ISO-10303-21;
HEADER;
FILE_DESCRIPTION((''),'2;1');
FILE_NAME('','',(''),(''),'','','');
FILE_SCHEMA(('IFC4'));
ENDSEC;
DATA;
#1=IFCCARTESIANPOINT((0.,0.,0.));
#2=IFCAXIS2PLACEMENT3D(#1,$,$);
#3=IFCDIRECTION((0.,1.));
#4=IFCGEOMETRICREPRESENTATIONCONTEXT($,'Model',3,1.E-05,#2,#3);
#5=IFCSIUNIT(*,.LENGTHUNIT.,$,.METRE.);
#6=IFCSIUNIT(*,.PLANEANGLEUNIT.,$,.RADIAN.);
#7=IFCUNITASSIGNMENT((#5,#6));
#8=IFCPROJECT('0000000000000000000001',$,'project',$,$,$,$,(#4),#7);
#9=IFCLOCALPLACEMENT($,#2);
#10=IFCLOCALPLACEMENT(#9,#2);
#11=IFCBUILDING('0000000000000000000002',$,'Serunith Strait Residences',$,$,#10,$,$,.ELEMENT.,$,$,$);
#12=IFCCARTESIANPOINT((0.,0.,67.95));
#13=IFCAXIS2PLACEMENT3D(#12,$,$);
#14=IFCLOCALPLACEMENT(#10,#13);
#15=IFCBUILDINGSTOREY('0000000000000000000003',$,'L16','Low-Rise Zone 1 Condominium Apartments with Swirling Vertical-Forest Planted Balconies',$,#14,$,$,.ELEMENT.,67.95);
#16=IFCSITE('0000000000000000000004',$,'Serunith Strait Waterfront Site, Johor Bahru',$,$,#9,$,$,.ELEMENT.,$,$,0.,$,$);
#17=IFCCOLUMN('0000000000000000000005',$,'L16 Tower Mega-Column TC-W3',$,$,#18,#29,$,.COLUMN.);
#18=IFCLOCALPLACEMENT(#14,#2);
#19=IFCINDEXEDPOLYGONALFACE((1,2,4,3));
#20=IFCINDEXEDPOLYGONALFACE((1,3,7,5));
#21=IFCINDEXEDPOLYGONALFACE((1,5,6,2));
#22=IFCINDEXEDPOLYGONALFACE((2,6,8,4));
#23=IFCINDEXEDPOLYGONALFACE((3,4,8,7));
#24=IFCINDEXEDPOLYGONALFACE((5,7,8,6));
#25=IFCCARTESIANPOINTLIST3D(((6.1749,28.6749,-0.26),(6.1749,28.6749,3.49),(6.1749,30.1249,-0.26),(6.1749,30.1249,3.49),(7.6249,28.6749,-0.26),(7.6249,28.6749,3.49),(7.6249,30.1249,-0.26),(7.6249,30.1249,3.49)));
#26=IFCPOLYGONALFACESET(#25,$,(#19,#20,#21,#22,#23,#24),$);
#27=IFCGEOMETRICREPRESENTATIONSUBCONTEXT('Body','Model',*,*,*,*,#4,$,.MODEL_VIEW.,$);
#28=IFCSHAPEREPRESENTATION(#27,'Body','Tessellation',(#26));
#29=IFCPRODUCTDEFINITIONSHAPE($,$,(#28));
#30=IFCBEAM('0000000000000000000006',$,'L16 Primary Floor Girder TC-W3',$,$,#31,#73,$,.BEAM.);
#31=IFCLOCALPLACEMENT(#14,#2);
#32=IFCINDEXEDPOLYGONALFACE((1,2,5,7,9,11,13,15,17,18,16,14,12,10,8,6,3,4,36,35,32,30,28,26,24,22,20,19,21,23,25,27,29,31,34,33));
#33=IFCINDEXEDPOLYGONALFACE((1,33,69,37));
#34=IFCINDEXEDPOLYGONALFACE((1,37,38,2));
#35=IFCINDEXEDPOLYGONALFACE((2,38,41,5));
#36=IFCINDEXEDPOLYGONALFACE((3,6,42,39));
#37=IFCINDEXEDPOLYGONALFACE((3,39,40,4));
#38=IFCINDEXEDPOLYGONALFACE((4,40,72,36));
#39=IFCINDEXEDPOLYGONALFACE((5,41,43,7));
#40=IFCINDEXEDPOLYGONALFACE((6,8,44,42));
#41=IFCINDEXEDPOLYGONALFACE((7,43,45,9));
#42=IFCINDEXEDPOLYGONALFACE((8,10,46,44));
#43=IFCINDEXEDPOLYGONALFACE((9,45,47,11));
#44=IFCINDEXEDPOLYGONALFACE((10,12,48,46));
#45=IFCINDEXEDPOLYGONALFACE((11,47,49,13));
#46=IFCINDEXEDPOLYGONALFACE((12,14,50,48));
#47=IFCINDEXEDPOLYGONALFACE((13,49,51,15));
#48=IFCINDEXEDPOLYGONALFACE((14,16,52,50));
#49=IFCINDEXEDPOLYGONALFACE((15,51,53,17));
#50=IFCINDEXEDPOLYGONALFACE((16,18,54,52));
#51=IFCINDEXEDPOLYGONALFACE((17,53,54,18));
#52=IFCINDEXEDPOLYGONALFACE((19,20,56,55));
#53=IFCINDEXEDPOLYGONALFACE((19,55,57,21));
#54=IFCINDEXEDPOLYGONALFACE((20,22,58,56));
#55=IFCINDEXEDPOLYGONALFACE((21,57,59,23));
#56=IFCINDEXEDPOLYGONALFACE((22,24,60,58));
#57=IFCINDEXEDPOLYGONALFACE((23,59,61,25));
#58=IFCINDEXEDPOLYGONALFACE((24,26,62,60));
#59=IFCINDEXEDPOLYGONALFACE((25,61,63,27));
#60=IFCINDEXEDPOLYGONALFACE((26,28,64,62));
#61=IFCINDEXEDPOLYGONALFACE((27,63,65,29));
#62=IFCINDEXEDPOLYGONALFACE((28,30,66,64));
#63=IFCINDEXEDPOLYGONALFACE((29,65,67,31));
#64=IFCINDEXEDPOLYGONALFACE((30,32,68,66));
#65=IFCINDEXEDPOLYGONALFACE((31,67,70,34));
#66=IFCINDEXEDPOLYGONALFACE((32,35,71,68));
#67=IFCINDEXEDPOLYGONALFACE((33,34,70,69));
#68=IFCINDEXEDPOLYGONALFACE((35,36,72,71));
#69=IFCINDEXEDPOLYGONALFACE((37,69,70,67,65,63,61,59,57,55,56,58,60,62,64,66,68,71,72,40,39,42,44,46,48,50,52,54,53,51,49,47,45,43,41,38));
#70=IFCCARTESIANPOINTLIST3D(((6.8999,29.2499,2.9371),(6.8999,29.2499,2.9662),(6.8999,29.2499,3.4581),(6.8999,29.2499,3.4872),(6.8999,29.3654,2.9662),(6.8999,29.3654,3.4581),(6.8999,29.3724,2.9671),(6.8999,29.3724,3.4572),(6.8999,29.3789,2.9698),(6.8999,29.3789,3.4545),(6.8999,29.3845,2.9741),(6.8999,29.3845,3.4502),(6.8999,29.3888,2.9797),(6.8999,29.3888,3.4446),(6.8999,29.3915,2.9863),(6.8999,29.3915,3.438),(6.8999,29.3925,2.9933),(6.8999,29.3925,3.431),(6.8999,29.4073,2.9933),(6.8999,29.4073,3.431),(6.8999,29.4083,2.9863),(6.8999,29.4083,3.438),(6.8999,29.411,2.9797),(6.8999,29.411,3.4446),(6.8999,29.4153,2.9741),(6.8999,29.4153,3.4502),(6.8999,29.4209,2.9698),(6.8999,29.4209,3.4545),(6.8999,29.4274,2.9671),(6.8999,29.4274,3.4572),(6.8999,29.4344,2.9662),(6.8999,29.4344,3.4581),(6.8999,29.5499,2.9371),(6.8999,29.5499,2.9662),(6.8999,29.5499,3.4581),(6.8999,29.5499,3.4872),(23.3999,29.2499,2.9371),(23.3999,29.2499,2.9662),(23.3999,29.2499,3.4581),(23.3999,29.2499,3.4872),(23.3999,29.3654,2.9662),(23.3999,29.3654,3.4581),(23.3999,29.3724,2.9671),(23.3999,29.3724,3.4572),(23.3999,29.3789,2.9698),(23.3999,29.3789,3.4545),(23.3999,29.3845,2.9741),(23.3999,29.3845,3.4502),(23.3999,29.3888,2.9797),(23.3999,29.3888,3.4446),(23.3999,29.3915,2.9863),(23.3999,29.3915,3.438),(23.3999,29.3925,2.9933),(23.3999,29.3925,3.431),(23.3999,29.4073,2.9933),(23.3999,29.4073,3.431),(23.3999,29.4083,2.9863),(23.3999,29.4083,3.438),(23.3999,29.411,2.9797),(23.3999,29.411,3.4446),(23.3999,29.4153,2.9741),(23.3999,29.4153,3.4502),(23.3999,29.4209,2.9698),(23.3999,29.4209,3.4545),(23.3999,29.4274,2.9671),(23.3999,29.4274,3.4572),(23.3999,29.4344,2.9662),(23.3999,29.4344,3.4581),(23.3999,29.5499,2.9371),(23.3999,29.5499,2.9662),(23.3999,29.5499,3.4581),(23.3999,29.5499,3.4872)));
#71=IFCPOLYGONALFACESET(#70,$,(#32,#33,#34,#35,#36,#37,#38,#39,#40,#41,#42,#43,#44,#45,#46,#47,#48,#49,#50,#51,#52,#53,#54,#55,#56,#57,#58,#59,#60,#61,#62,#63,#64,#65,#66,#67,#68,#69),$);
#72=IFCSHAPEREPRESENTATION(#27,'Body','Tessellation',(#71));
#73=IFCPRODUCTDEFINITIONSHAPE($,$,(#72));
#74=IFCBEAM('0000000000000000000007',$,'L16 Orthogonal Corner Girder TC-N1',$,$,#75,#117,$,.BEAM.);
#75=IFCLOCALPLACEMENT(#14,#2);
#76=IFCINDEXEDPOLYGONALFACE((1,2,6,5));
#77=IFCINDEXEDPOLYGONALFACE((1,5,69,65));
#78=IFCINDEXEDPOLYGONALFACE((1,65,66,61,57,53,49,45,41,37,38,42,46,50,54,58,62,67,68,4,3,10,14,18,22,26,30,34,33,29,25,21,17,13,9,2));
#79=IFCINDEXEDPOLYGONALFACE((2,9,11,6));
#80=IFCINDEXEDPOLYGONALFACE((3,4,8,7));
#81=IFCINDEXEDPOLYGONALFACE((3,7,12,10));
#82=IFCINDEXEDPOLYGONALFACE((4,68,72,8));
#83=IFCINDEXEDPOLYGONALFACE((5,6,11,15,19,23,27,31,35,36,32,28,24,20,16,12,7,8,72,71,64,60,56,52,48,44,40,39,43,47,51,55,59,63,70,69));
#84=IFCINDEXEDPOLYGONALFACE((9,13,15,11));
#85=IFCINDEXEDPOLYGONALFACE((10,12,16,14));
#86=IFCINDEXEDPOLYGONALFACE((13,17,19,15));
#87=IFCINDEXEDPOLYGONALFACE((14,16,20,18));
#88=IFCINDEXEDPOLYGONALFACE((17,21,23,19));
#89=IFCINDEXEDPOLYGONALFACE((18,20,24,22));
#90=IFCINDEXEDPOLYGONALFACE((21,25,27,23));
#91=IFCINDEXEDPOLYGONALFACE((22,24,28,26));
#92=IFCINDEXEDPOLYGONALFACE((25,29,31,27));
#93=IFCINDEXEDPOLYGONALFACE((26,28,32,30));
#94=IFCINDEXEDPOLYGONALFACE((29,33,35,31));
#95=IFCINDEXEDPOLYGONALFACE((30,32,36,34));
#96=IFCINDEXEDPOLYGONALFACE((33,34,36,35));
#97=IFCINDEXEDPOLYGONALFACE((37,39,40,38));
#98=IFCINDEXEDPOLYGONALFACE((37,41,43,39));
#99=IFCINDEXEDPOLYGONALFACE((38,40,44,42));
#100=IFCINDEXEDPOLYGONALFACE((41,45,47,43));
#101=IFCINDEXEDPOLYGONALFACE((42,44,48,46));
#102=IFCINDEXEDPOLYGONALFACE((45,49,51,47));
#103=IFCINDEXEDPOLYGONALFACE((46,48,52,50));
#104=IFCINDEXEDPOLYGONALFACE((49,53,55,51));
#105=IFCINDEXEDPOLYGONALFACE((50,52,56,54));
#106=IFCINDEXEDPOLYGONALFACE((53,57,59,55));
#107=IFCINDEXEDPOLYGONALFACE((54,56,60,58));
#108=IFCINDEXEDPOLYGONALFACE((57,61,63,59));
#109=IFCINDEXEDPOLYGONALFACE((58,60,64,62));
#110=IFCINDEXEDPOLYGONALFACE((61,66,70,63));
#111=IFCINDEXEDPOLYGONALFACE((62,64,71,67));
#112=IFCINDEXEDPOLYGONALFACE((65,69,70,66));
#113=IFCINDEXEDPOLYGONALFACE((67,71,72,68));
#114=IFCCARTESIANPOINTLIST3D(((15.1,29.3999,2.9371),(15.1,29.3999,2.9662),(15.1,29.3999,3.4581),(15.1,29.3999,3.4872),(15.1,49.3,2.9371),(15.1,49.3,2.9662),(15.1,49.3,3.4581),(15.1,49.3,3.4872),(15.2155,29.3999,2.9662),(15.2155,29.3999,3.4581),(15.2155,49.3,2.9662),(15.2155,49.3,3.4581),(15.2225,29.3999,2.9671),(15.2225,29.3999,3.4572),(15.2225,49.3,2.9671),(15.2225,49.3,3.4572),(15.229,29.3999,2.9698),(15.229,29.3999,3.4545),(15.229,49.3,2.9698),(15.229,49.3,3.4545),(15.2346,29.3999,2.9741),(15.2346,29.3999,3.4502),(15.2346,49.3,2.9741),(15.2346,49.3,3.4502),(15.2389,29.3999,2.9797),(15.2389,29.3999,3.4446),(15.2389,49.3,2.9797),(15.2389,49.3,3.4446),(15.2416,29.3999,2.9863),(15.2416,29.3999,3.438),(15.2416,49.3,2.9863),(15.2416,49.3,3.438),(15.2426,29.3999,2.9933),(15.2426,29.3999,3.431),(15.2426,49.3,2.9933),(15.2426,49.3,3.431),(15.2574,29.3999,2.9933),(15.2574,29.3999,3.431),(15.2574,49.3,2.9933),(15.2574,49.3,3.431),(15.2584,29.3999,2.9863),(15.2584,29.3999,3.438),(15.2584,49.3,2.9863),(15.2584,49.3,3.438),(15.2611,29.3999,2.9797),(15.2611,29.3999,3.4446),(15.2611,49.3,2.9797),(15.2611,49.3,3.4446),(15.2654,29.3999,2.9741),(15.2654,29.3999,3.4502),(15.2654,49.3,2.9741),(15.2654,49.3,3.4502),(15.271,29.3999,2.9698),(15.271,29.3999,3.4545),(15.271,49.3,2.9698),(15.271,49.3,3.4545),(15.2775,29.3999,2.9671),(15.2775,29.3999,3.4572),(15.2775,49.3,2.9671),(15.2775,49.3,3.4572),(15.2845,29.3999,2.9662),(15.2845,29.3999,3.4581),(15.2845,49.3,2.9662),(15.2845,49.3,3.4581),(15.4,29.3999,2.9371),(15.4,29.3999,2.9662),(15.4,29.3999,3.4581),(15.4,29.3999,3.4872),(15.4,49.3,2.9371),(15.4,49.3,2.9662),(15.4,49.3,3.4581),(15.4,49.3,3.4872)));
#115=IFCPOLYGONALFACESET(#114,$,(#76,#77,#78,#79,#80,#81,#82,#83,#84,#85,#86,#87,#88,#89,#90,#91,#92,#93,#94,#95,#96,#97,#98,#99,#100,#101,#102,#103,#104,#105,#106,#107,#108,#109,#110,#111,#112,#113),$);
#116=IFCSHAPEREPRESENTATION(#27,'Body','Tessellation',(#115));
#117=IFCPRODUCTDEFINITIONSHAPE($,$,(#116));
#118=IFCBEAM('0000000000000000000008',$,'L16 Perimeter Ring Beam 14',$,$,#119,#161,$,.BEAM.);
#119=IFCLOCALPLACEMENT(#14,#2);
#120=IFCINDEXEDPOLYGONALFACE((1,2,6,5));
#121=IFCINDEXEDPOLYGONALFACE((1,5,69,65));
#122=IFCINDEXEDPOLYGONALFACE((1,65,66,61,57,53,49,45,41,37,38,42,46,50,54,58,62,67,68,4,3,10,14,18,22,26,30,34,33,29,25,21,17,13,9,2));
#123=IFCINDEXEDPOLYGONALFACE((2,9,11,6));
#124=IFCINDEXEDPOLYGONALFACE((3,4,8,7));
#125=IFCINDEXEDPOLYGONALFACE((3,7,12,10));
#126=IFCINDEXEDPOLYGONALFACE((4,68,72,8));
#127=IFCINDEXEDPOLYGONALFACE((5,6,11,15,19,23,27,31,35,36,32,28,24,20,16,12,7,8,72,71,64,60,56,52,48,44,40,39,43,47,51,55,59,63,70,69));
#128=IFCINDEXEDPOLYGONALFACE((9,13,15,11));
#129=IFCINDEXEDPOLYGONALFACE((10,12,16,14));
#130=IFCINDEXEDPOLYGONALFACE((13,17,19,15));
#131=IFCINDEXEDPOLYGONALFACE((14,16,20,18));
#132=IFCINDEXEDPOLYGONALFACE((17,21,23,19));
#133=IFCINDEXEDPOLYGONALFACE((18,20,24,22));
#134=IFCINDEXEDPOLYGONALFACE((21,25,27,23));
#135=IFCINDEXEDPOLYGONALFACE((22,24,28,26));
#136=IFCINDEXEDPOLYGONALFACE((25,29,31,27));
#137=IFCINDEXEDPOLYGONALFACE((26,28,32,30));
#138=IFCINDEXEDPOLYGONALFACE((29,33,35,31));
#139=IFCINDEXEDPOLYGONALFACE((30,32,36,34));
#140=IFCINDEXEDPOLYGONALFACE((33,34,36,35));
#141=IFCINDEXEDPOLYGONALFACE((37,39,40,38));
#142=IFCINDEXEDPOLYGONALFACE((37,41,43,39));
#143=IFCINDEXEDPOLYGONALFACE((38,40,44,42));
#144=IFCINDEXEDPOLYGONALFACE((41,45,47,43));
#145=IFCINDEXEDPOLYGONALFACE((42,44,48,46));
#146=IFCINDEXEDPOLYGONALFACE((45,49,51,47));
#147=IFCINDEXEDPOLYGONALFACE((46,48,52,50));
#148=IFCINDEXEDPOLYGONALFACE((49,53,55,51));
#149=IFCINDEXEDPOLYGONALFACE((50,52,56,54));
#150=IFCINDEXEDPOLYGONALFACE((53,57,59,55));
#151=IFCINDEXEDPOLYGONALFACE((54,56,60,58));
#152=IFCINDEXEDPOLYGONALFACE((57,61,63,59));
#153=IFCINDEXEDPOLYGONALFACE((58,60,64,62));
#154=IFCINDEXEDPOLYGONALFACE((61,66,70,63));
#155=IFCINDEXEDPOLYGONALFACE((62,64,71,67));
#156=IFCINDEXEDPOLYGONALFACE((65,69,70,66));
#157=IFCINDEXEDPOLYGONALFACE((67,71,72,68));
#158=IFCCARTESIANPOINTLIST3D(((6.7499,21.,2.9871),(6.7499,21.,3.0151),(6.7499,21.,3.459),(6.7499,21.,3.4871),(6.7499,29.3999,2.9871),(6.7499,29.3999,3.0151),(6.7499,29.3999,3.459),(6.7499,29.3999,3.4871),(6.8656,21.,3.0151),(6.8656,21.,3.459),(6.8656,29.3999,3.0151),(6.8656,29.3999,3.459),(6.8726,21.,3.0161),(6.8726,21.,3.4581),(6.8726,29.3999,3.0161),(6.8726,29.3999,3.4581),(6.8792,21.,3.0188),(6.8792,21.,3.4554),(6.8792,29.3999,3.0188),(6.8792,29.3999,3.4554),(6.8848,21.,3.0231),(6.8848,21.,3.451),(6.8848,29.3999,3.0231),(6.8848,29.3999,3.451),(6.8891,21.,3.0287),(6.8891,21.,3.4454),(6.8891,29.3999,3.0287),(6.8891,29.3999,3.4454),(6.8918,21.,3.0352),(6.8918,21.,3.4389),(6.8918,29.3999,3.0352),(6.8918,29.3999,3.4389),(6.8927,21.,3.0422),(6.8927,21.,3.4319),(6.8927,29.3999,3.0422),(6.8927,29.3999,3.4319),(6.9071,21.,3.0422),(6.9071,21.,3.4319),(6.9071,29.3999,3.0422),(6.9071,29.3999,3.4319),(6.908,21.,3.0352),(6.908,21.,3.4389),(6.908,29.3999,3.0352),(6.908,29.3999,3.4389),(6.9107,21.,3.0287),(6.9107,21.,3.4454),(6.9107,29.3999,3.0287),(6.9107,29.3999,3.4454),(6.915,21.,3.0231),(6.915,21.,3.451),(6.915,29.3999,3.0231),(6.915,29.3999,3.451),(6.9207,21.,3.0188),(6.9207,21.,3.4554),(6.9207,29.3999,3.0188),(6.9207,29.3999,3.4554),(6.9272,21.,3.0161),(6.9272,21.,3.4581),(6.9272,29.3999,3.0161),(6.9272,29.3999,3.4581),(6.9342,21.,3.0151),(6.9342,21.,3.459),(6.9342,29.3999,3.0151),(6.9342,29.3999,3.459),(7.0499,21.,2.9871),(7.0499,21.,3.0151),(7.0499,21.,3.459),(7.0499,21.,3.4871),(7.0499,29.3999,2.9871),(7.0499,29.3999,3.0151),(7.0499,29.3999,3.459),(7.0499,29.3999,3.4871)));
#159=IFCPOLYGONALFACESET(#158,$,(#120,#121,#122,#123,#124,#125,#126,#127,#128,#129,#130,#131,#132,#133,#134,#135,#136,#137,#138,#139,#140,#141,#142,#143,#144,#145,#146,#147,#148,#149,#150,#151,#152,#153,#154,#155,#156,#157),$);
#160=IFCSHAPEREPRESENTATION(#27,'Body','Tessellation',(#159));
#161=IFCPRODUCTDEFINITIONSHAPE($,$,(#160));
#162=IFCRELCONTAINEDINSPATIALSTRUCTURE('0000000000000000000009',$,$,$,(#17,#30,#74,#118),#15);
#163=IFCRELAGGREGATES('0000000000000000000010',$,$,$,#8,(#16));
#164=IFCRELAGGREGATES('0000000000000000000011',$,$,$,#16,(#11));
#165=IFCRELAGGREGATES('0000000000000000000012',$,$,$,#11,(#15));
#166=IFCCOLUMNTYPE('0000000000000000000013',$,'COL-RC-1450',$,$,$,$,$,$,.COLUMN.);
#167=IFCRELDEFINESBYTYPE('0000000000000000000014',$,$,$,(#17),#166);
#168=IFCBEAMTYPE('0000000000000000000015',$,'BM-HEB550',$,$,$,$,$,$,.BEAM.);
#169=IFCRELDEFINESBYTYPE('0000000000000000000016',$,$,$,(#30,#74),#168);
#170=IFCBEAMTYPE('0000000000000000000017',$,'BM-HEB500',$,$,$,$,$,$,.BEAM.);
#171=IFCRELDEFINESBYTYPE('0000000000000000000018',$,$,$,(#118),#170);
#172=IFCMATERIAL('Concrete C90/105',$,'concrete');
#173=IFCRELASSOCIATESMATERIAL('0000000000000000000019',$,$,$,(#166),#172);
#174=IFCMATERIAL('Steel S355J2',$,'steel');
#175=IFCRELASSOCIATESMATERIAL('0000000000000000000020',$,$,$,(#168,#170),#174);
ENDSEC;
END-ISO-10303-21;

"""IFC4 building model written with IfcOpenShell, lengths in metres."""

from ifc_helpers import new_model, si_unit, direction, frame, origin, origin_2d, place, context, subcontext, project, spatial, rectangle, i_section, extrude, source, transform, mapped, material, material_profile, profile_set, type_object, element, save


model = new_model("IFC4")

# Units and contexts
model_context = context("Model", 3, precision=1e-05, world=origin(), true_north=direction((0.0, 1.0)))
body_context = subcontext(model_context, "Body", "Model", "MODEL_VIEW")
ifc_project = project(units=[si_unit("LENGTHUNIT", "METRE"), si_unit("PLANEANGLEUNIT", "RADIAN")], contexts=[model_context])

# Site, building, storey
site_placement = place(None, origin())
site = spatial("IfcSite", under=ifc_project, at=site_placement, Name="Serunith Strait Waterfront Site, Johor Bahru", CompositionType="ELEMENT", RefElevation=0.0)
building_placement = place(site_placement, origin())
building = spatial("IfcBuilding", under=site, at=building_placement, Name="Serunith Strait Residences", CompositionType="ELEMENT")
storey_placement = place(building_placement, frame((0.0, 0.0, 67.95)))
storey = spatial("IfcBuildingStorey", under=building, at=storey_placement, Name="L16", Description="Low-Rise Zone 1 Condominium Apartments with Swirling Vertical-Forest Planted Balconies", CompositionType="ELEMENT", Elevation=67.95)

# Column
ifc_material_1 = material(Name="Concrete C90/105", Category="concrete")
ifc_material_profile_1 = material_profile(ifc_material_1, rectangle(XDim=1.45, YDim=1.45, at=origin_2d()), Name="RC 1450x1450")
ifc_profile_set_1 = profile_set([ifc_material_profile_1], Name="Concrete C90/105")
column_type = type_object("IfcColumnType", Name="COL-RC-1450", PredefinedType="COLUMN", material=ifc_profile_set_1)
shared_shape_1 = source(origin(), body_context, "Body", "SweptSolid", [
    extrude(rectangle(XDim=1.45, YDim=1.45, at=origin_2d()), origin(), (0.0, 0.0, 1.0), 3.75),
])
column_placement = place(storey_placement, frame((6.8999, 29.3999, -0.26), z_axis=(0.0, 0.0, 1.0), x_axis=(1.0, 0.0, 0.0)))
element("IfcColumn", 1, at=column_placement, inside=storey, type_object=column_type, Name="L16 Tower Mega-Column TC-W3", PredefinedType="COLUMN", context=body_context, shape_type="MappedRepresentation", body=[
    mapped(shared_shape_1, transform((0.0, 0.0, 0.0), scale=1.0)),
])

# Beams
ifc_material_2 = material(Name="Steel S355J2", Category="steel")
ifc_material_profile_2 = material_profile(ifc_material_2, i_section(OverallWidth=0.3, OverallDepth=0.55, WebThickness=0.0149, FlangeThickness=0.0291, FilletRadius=0.0271, at=origin_2d()), Name="HEB 550")
ifc_profile_set_2 = profile_set([ifc_material_profile_2], Name="Steel S355J2")
beam_type_1 = type_object("IfcBeamType", Name="BM-HEB550", PredefinedType="BEAM", material=ifc_profile_set_2)
shared_shape_2 = source(origin(), body_context, "Body", "SweptSolid", [
    extrude(i_section(OverallWidth=0.3, OverallDepth=0.55, WebThickness=0.0149, FlangeThickness=0.0291, FilletRadius=0.0271, at=origin_2d()), origin(), (0.0, 0.0, 1.0), 16.5),
])
beam_1_placement = place(storey_placement, frame((23.3999, 29.3999, 3.2122), z_axis=(-1.0, 0.0, 0.0), x_axis=(0.0, -1.0, 0.0)))
element("IfcBeam", 2, at=beam_1_placement, inside=storey, type_object=beam_type_1, Name="L16 Primary Floor Girder TC-W3", PredefinedType="BEAM", context=body_context, shape_type="MappedRepresentation", body=[
    mapped(shared_shape_2, transform((0.0, 0.0, 0.0), scale=1.0)),
])
shared_shape_3 = source(origin(), body_context, "Body", "SweptSolid", [
    extrude(i_section(OverallWidth=0.3, OverallDepth=0.55, WebThickness=0.0149, FlangeThickness=0.0291, FilletRadius=0.0271, at=origin_2d()), origin(), (0.0, 0.0, 1.0), 19.9001),
])
beam_2_placement = place(storey_placement, frame((15.25, 29.3999, 3.2122), z_axis=(0.0, 1.0, 0.0), x_axis=(-1.0, 0.0, 0.0)))
element("IfcBeam", 3, at=beam_2_placement, inside=storey, type_object=beam_type_1, Name="L16 Orthogonal Corner Girder TC-N1", PredefinedType="BEAM", context=body_context, shape_type="MappedRepresentation", body=[
    mapped(shared_shape_3, transform((0.0, 0.0, 0.0), scale=1.0)),
])
ifc_material_profile_3 = material_profile(ifc_material_2, i_section(OverallWidth=0.3, OverallDepth=0.5, WebThickness=0.0144, FlangeThickness=0.0281, FilletRadius=0.0271, at=origin_2d()), Name="HEB 500")
ifc_profile_set_3 = profile_set([ifc_material_profile_3], Name="Steel S355J2")
beam_type_2 = type_object("IfcBeamType", Name="BM-HEB500", PredefinedType="BEAM", material=ifc_profile_set_3)
shared_shape_4 = source(origin(), body_context, "Body", "SweptSolid", [
    extrude(i_section(OverallWidth=0.3, OverallDepth=0.5, WebThickness=0.0144, FlangeThickness=0.0281, FilletRadius=0.0271, at=origin_2d()), origin(), (0.0, 0.0, 1.0), 8.3999),
])
beam_3_placement = place(storey_placement, frame((6.8999, 29.3999, 3.2371), z_axis=(0.0, -1.0, 0.0), x_axis=(1.0, 0.0, 0.0)))
element("IfcBeam", 4, at=beam_3_placement, inside=storey, type_object=beam_type_2, Name="L16 Perimeter Ring Beam 14", PredefinedType="BEAM", context=body_context, shape_type="MappedRepresentation", body=[
    mapped(shared_shape_4, transform((0.0, 0.0, 0.0), scale=1.0)),
])

save(model, "model.ifc")
